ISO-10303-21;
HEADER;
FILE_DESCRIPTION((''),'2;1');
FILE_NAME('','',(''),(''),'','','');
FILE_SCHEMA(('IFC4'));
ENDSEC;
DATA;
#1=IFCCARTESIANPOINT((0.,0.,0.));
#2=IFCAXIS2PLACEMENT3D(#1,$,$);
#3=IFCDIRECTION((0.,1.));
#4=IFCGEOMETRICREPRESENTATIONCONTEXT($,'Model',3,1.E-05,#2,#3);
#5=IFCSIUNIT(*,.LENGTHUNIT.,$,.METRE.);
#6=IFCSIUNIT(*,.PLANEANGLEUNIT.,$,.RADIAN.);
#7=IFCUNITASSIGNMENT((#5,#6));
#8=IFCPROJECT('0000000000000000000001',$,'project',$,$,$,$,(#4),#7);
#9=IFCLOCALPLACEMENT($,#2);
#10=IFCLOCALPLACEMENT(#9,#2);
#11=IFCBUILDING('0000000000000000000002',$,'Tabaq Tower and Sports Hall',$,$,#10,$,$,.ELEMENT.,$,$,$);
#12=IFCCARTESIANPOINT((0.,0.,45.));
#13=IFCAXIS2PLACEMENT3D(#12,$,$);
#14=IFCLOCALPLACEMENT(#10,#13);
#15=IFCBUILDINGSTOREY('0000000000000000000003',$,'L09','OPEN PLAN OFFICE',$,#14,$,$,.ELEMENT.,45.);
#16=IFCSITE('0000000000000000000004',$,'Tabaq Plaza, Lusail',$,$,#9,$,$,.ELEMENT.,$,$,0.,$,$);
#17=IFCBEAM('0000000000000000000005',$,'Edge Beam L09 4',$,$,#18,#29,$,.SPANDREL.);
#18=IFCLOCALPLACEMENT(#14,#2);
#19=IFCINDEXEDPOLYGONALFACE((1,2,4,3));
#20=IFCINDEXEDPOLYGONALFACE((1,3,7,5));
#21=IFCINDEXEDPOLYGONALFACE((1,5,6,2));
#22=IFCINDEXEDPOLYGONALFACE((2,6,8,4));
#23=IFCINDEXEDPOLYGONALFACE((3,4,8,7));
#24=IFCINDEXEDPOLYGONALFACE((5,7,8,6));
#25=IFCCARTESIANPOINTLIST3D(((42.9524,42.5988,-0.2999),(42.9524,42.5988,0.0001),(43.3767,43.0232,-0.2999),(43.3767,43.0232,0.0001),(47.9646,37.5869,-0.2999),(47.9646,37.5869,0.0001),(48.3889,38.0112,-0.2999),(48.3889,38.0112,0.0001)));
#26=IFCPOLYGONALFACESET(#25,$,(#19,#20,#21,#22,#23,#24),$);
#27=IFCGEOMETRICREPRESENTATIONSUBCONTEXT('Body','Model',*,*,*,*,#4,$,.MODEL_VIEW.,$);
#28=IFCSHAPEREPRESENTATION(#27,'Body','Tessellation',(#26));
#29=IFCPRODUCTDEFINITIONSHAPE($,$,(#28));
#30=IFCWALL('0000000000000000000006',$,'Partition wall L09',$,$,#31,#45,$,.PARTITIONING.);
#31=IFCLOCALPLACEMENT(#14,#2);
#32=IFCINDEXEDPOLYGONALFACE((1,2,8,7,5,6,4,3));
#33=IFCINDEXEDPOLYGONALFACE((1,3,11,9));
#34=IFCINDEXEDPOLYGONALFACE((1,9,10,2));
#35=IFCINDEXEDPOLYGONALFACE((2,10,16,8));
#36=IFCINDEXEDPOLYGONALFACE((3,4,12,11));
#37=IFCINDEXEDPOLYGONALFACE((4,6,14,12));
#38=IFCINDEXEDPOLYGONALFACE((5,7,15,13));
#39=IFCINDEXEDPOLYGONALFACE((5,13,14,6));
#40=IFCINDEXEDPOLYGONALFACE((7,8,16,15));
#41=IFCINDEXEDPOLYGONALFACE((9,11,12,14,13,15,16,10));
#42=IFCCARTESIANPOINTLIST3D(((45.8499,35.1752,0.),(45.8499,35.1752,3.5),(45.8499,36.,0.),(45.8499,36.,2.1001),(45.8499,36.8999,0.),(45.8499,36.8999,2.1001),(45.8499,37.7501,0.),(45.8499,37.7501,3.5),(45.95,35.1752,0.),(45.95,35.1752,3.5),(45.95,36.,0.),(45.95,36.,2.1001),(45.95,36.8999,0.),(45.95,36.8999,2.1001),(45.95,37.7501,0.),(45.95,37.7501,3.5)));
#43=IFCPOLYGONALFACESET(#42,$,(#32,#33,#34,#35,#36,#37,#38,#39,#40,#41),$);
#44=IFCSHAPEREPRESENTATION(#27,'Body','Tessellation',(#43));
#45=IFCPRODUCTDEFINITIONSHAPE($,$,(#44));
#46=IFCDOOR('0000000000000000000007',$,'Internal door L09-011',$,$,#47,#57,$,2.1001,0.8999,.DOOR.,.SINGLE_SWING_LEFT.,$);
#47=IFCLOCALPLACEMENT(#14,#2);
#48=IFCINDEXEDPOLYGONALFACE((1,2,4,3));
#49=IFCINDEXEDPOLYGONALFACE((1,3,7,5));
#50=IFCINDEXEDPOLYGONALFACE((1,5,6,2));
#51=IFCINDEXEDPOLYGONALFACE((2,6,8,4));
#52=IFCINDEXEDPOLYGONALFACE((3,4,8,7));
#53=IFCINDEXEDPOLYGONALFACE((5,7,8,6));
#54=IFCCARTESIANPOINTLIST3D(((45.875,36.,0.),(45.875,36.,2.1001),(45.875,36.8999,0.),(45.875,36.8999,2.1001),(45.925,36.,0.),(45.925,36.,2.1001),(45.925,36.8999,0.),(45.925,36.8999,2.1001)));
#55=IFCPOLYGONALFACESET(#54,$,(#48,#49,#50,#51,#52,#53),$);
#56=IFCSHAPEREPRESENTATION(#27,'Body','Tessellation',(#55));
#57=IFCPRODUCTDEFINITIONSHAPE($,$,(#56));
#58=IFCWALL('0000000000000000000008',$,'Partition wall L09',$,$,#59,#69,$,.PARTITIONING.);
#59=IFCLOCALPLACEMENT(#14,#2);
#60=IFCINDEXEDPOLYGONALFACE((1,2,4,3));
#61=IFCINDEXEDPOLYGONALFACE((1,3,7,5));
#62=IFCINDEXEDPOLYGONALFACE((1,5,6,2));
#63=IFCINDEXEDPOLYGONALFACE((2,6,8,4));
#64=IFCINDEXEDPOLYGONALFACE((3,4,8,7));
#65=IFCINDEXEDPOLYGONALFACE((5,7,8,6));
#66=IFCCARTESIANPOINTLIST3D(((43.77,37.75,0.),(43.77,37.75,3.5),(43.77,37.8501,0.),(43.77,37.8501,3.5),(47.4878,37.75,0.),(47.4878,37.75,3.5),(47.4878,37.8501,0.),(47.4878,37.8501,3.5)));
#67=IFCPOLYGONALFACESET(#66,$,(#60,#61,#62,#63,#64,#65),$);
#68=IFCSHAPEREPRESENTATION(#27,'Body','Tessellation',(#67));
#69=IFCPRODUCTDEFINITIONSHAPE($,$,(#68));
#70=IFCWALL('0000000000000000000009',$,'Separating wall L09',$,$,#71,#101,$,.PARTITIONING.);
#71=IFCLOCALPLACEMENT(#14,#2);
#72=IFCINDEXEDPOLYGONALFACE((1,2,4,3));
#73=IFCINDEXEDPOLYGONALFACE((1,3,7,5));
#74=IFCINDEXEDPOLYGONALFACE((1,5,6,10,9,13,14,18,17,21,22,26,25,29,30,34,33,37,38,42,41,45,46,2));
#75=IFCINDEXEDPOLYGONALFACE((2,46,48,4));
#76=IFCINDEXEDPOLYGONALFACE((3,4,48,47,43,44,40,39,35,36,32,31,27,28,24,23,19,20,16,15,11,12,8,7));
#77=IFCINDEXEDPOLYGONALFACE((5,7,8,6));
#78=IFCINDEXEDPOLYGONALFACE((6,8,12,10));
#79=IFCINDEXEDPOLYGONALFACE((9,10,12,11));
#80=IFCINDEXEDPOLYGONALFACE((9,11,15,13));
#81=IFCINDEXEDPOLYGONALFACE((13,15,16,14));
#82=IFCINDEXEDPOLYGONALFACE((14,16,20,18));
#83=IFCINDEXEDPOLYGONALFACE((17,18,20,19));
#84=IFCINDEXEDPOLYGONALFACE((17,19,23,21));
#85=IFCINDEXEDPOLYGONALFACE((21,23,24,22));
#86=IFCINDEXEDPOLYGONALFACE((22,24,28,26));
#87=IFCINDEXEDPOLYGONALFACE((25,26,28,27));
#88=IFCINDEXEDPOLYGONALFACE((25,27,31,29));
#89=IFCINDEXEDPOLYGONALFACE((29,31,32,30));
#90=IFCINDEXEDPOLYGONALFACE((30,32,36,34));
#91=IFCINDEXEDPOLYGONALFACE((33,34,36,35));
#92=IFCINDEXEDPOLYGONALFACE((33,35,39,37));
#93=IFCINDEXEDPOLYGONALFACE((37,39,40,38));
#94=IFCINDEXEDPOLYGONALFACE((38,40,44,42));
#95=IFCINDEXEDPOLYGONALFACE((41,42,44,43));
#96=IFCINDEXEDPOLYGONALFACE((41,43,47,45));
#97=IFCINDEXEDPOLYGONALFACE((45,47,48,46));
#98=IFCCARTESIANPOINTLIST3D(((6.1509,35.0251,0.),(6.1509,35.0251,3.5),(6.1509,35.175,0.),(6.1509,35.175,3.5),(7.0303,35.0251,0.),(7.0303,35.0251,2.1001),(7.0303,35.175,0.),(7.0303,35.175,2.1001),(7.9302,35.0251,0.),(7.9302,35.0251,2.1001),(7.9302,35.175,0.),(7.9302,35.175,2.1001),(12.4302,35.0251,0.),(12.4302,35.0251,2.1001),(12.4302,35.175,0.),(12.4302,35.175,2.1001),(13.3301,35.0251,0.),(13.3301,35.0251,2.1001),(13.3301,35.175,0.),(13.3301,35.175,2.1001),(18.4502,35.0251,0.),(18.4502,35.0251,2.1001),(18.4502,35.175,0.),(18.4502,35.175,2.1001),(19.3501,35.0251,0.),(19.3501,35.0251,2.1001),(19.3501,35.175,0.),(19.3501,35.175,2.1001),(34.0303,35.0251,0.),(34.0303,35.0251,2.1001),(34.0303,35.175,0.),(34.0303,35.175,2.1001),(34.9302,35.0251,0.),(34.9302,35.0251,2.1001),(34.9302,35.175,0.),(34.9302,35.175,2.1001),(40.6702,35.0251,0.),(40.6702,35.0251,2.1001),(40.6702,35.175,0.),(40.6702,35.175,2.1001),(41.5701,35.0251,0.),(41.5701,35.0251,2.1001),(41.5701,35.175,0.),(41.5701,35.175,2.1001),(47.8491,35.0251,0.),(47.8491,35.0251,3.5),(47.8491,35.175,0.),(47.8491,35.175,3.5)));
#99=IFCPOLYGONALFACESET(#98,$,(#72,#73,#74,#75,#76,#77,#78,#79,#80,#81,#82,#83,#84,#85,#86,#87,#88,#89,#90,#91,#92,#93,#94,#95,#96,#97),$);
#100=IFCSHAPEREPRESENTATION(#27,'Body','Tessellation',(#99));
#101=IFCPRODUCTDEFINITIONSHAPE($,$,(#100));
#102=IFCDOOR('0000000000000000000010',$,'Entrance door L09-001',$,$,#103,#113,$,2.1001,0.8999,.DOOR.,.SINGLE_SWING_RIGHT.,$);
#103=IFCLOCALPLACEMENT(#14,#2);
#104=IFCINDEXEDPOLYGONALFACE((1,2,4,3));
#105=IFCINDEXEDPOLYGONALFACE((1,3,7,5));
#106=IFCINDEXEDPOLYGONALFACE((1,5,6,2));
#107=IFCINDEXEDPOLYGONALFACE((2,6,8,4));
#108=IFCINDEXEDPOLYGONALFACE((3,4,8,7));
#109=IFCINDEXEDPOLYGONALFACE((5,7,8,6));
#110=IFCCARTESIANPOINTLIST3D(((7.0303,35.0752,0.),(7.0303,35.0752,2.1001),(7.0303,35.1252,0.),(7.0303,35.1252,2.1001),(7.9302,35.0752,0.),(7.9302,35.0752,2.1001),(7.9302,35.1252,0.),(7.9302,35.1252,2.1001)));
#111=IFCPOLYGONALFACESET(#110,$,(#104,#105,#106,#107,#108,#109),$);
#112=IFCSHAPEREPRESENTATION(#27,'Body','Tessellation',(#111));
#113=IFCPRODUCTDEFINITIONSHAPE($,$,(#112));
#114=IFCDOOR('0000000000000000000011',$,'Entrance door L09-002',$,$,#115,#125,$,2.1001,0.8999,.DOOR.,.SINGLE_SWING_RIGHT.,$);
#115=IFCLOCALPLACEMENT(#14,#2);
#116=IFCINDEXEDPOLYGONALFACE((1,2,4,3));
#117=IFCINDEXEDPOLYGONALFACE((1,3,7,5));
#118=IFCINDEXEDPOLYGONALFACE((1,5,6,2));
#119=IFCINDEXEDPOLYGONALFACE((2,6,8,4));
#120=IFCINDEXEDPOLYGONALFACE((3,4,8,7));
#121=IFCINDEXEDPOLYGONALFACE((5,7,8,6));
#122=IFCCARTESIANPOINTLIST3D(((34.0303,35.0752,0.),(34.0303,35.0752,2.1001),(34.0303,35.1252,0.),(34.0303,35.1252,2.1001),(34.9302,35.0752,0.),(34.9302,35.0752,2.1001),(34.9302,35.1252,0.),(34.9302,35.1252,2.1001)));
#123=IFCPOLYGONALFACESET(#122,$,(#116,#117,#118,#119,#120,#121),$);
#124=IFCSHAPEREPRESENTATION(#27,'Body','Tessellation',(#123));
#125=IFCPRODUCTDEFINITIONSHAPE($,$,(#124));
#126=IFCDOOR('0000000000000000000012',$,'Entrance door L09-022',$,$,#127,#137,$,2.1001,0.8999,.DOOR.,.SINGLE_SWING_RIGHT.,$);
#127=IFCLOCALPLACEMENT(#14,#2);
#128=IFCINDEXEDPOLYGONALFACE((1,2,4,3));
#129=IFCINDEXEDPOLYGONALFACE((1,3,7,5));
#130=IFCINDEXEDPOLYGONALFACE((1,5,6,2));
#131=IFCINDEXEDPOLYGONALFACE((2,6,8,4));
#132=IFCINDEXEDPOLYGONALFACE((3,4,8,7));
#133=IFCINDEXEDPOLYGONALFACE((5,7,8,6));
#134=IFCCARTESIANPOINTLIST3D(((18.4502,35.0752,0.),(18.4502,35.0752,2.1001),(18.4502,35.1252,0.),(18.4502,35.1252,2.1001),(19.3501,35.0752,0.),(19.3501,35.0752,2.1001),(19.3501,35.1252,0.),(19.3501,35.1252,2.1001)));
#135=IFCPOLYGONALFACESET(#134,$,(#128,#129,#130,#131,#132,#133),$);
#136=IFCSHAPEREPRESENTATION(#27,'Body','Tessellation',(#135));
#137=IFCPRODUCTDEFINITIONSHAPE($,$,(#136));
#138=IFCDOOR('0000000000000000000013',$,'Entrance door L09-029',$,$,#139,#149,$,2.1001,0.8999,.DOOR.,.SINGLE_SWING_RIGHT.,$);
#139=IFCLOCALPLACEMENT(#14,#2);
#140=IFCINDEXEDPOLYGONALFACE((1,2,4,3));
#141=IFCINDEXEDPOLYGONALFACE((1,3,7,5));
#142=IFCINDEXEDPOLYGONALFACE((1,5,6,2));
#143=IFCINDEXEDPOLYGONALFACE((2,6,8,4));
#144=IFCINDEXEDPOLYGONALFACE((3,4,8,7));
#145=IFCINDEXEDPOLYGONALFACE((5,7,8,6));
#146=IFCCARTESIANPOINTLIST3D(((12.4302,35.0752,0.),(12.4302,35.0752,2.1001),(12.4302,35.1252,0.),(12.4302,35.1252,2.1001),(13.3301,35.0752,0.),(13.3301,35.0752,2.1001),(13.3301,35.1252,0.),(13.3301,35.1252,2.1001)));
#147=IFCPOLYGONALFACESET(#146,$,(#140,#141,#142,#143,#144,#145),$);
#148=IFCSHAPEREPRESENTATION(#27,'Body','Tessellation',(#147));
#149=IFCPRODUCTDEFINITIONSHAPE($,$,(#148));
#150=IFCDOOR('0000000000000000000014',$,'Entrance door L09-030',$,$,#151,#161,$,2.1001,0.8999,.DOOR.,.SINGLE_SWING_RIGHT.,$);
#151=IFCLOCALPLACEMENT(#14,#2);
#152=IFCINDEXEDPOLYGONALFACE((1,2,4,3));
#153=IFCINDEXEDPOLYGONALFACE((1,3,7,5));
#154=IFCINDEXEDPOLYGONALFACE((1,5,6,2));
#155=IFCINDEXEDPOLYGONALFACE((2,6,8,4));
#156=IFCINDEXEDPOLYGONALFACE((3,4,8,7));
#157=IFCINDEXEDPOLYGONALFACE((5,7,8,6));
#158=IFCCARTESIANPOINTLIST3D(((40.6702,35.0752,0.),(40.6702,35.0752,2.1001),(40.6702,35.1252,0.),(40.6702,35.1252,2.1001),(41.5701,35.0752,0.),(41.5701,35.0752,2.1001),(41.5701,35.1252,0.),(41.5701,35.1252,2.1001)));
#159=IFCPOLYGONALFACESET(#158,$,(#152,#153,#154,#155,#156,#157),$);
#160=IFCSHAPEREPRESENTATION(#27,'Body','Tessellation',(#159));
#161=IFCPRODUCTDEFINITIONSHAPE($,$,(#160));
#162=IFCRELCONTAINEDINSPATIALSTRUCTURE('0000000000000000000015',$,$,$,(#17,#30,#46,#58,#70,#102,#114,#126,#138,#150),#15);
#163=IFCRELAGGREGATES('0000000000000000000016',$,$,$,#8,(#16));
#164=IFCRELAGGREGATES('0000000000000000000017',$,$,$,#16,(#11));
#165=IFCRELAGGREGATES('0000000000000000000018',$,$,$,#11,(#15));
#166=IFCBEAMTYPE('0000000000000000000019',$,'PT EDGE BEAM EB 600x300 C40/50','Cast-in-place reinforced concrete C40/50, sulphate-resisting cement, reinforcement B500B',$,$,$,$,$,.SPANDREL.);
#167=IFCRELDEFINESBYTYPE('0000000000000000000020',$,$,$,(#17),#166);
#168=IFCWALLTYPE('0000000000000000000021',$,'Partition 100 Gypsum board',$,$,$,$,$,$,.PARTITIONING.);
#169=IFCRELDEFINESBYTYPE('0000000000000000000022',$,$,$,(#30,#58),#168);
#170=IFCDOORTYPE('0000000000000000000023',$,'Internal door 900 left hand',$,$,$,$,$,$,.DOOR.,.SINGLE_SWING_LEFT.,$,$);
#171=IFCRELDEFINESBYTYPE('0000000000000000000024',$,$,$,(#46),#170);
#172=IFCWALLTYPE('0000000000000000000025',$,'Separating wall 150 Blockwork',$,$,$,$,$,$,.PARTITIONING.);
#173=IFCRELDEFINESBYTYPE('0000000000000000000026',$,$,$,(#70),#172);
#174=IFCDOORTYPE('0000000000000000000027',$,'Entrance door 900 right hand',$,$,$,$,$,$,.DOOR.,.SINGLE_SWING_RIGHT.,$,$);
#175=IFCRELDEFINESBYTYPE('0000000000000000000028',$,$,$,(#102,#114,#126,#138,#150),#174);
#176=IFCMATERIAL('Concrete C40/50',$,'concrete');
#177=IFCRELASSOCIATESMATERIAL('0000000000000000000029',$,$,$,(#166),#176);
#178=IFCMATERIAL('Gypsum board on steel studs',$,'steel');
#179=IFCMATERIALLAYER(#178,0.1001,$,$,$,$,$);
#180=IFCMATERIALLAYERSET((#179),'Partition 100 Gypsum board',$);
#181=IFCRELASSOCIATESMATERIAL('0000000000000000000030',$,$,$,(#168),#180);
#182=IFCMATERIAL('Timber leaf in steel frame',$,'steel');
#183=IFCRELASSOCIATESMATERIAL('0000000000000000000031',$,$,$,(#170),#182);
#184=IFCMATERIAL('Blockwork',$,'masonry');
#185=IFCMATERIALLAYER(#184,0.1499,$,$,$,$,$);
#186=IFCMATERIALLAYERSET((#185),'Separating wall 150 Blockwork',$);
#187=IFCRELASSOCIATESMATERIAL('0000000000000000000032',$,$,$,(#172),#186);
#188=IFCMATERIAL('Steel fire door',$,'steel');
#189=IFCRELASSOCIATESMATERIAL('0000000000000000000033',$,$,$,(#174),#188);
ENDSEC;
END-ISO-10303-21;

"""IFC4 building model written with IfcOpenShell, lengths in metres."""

from ifc_helpers import new_model, si_unit, direction, frame, frame_2d, origin, origin_2d, place, context, subcontext, project, spatial, rectangle, extrude, material, layer, layer_set, material_profile, profile_set, type_object, element, fill, save


model = new_model("IFC4")

# Units and contexts
model_context = context("Model", 3, precision=1e-05, world=origin(), true_north=direction((0.0, 1.0)))
body_context = subcontext(model_context, "Body", "Model", "MODEL_VIEW")
ifc_project = project(units=[si_unit("LENGTHUNIT", "METRE"), si_unit("PLANEANGLEUNIT", "RADIAN")], contexts=[model_context])

# Site, building, storey
site_placement = place(None, origin())
site = spatial("IfcSite", under=ifc_project, at=site_placement, Name="Tabaq Plaza, Lusail", CompositionType="ELEMENT", RefElevation=0.0)
building_placement = place(site_placement, origin())
building = spatial("IfcBuilding", under=site, at=building_placement, Name="Tabaq Tower and Sports Hall", CompositionType="ELEMENT")
storey_placement = place(building_placement, frame((0.0, 0.0, 45.0)))
storey = spatial("IfcBuildingStorey", under=building, at=storey_placement, Name="L09", Description="OPEN PLAN OFFICE", CompositionType="ELEMENT", Elevation=45.0)

# Beam
ifc_material_1 = material(Name="Concrete C40/50", Category="concrete")
ifc_material_profile = material_profile(ifc_material_1, rectangle(XDim=0.6001, YDim=0.3, at=origin_2d()), Name="EB 600x300")
ifc_profile_set = profile_set([ifc_material_profile], Name="Concrete C40/50")
beam_type = type_object("IfcBeamType", Name="PT EDGE BEAM EB 600x300 C40/50", Description="Cast-in-place reinforced concrete C40/50, sulphate-resisting cement, reinforcement B500B", PredefinedType="SPANDREL", material=ifc_profile_set)
beam_placement = place(storey_placement, frame((48.1768, 37.7991, -0.1499), z_axis=(-0.707124, 0.70709, 0.0), x_axis=(-0.70709, -0.707124, 0.0)))
element("IfcBeam", 1, at=beam_placement, inside=storey, type_object=beam_type, Name="Edge Beam L09 4", PredefinedType="SPANDREL", context=body_context, shape_type="SweptSolid", body=[
    extrude(rectangle(XDim=0.6001, YDim=0.3, at=origin_2d()), origin(), (0.0, 0.0, 1.0), 7.0881),
])

# Wall, opening, door
ifc_material_2 = material(Name="Gypsum board on steel studs", Category="steel")
ifc_layer_1 = layer(ifc_material_2, 0.1001)
ifc_layer_set_1 = layer_set([ifc_layer_1], Name="Partition 100 Gypsum board")
wall_type_1 = type_object("IfcWallType", Name="Partition 100 Gypsum board", PredefinedType="PARTITIONING", material=ifc_layer_set_1)
wall_1_placement = place(storey_placement, frame((45.8999, 35.175, 0.0), z_axis=(0.0, 0.0, 1.0), x_axis=(0.0, 1.0, 0.0)))
wall_1 = element("IfcWall", 2, at=wall_1_placement, inside=storey, type_object=wall_type_1, Name="Partition wall L09", PredefinedType="PARTITIONING", context=body_context, shape_type="SweptSolid", body=[
    extrude(rectangle(XDim=2.575, YDim=0.1001, at=frame_2d((1.2876, 0.0))), origin(), (0.0, 0.0, 1.0), 3.5),
])
opening_1_placement = place(wall_1_placement, frame((0.825, 0.0, 0.0)))
opening_1 = element("IfcOpeningElement", 3, at=opening_1_placement, cuts=wall_1, PredefinedType="OPENING", context=body_context, shape_type="SweptSolid", body=[
    extrude(rectangle(XDim=0.8999, YDim=2.1001, at=frame_2d((0.45, 1.05))), frame((0.0, 0.05, 0.0), z_axis=(0.0, -1.0, 0.0), x_axis=(1.0, 0.0, 0.0)), (0.0, 0.0, 1.0), 0.1001),
])
ifc_material_3 = material(Name="Timber leaf in steel frame", Category="steel")
door_type_1 = type_object("IfcDoorType", Name="Internal door 900 left hand", OperationType="SINGLE_SWING_LEFT", PredefinedType="DOOR", material=ifc_material_3)
door_1_placement = place(opening_1_placement, origin())
door_1 = element("IfcDoor", 4, at=door_1_placement, inside=storey, type_object=door_type_1, Name="Internal door L09-011", OperationType="SINGLE_SWING_LEFT", OverallHeight=2.1001, OverallWidth=0.8999, PredefinedType="DOOR", context=body_context, shape_type="SweptSolid", body=[
    extrude(rectangle(XDim=0.8999, YDim=2.1001, at=frame_2d((0.45, 1.05))), frame((0.0, 0.0249, 0.0), z_axis=(0.0, -1.0, 0.0), x_axis=(1.0, 0.0, 0.0)), (0.0, 0.0, 1.0), 0.05),
])
fill(opening_1, door_1)

# Wall
wall_2_placement = place(storey_placement, frame((47.4878, 37.8, 0.0), z_axis=(0.0, 0.0, 1.0), x_axis=(-1.0, 0.0, 0.0)))
element("IfcWall", 5, at=wall_2_placement, inside=storey, type_object=wall_type_1, Name="Partition wall L09", PredefinedType="PARTITIONING", context=body_context, shape_type="SweptSolid", body=[
    extrude(rectangle(XDim=3.7178, YDim=0.1001, at=frame_2d((1.8589, 0.0))), origin(), (0.0, 0.0, 1.0), 3.5),
])

# Wall, openings, doors
ifc_material_4 = material(Name="Blockwork", Category="masonry")
ifc_layer_2 = layer(ifc_material_4, 0.1499)
ifc_layer_set_2 = layer_set([ifc_layer_2], Name="Separating wall 150 Blockwork")
wall_type_2 = type_object("IfcWallType", Name="Separating wall 150 Blockwork", PredefinedType="PARTITIONING", material=ifc_layer_set_2)
wall_3_placement = place(storey_placement, frame((47.8491, 35.1001, 0.0), z_axis=(0.0, 0.0, 1.0), x_axis=(-1.0, 0.0, 0.0)))
wall_3 = element("IfcWall", 6, at=wall_3_placement, inside=storey, type_object=wall_type_2, Name="Separating wall L09", PredefinedType="PARTITIONING", context=body_context, shape_type="SweptSolid", body=[
    extrude(rectangle(XDim=41.6982, YDim=0.1499, at=frame_2d((20.8491, 0.0))), origin(), (0.0, 0.0, 1.0), 3.5),
])
opening_2_placement = place(wall_3_placement, frame((39.9189, 0.0, 0.0)))
opening_2 = element("IfcOpeningElement", 7, at=opening_2_placement, cuts=wall_3, PredefinedType="OPENING", context=body_context, shape_type="SweptSolid", body=[
    extrude(rectangle(XDim=0.8999, YDim=2.1001, at=frame_2d((0.45, 1.05))), frame((0.0, 0.075, 0.0), z_axis=(0.0, -1.0, 0.0), x_axis=(1.0, 0.0, 0.0)), (0.0, 0.0, 1.0), 0.1499),
])
opening_3_placement = place(wall_3_placement, frame((12.9189, 0.0, 0.0)))
opening_3 = element("IfcOpeningElement", 8, at=opening_3_placement, cuts=wall_3, PredefinedType="OPENING", context=body_context, shape_type="SweptSolid", body=[
    extrude(rectangle(XDim=0.8999, YDim=2.1001, at=frame_2d((0.45, 1.05))), frame((0.0, 0.075, 0.0), z_axis=(0.0, -1.0, 0.0), x_axis=(1.0, 0.0, 0.0)), (0.0, 0.0, 1.0), 0.1499),
])
opening_4_placement = place(wall_3_placement, frame((28.499, 0.0, 0.0)))
opening_4 = element("IfcOpeningElement", 9, at=opening_4_placement, cuts=wall_3, PredefinedType="OPENING", context=body_context, shape_type="SweptSolid", body=[
    extrude(rectangle(XDim=0.8999, YDim=2.1001, at=frame_2d((0.45, 1.05))), frame((0.0, 0.075, 0.0), z_axis=(0.0, -1.0, 0.0), x_axis=(1.0, 0.0, 0.0)), (0.0, 0.0, 1.0), 0.1499),
])
opening_5_placement = place(wall_3_placement, frame((34.519, 0.0, 0.0)))
opening_5 = element("IfcOpeningElement", 10, at=opening_5_placement, cuts=wall_3, PredefinedType="OPENING", context=body_context, shape_type="SweptSolid", body=[
    extrude(rectangle(XDim=0.8999, YDim=2.1001, at=frame_2d((0.45, 1.05))), frame((0.0, 0.075, 0.0), z_axis=(0.0, -1.0, 0.0), x_axis=(1.0, 0.0, 0.0)), (0.0, 0.0, 1.0), 0.1499),
])
opening_6_placement = place(wall_3_placement, frame((6.2791, 0.0, 0.0)))
opening_6 = element("IfcOpeningElement", 11, at=opening_6_placement, cuts=wall_3, PredefinedType="OPENING", context=body_context, shape_type="SweptSolid", body=[
    extrude(rectangle(XDim=0.8999, YDim=2.1001, at=frame_2d((0.45, 1.05))), frame((0.0, 0.075, 0.0), z_axis=(0.0, -1.0, 0.0), x_axis=(1.0, 0.0, 0.0)), (0.0, 0.0, 1.0), 0.1499),
])
ifc_material_5 = material(Name="Steel fire door", Category="steel")
door_type_2 = type_object("IfcDoorType", Name="Entrance door 900 right hand", OperationType="SINGLE_SWING_RIGHT", PredefinedType="DOOR", material=ifc_material_5)
door_2_placement = place(opening_2_placement, origin())
door_2 = element("IfcDoor", 12, at=door_2_placement, inside=storey, type_object=door_type_2, Name="Entrance door L09-001", OperationType="SINGLE_SWING_RIGHT", OverallHeight=2.1001, OverallWidth=0.8999, PredefinedType="DOOR", context=body_context, shape_type="SweptSolid", body=[
    extrude(rectangle(XDim=0.8999, YDim=2.1001, at=frame_2d((0.45, 1.05))), frame((0.0, 0.0249, 0.0), z_axis=(0.0, -1.0, 0.0), x_axis=(1.0, 0.0, 0.0)), (0.0, 0.0, 1.0), 0.05),
])
fill(opening_2, door_2)
door_3_placement = place(opening_3_placement, origin())
door_3 = element("IfcDoor", 13, at=door_3_placement, inside=storey, type_object=door_type_2, Name="Entrance door L09-002", OperationType="SINGLE_SWING_RIGHT", OverallHeight=2.1001, OverallWidth=0.8999, PredefinedType="DOOR", context=body_context, shape_type="SweptSolid", body=[
    extrude(rectangle(XDim=0.8999, YDim=2.1001, at=frame_2d((0.45, 1.05))), frame((0.0, 0.0249, 0.0), z_axis=(0.0, -1.0, 0.0), x_axis=(1.0, 0.0, 0.0)), (0.0, 0.0, 1.0), 0.05),
])
fill(opening_3, door_3)
door_4_placement = place(opening_4_placement, origin())
door_4 = element("IfcDoor", 14, at=door_4_placement, inside=storey, type_object=door_type_2, Name="Entrance door L09-022", OperationType="SINGLE_SWING_RIGHT", OverallHeight=2.1001, OverallWidth=0.8999, PredefinedType="DOOR", context=body_context, shape_type="SweptSolid", body=[
    extrude(rectangle(XDim=0.8999, YDim=2.1001, at=frame_2d((0.45, 1.05))), frame((0.0, 0.0249, 0.0), z_axis=(0.0, -1.0, 0.0), x_axis=(1.0, 0.0, 0.0)), (0.0, 0.0, 1.0), 0.05),
])
fill(opening_4, door_4)
door_5_placement = place(opening_5_placement, origin())
door_5 = element("IfcDoor", 15, at=door_5_placement, inside=storey, type_object=door_type_2, Name="Entrance door L09-029", OperationType="SINGLE_SWING_RIGHT", OverallHeight=2.1001, OverallWidth=0.8999, PredefinedType="DOOR", context=body_context, shape_type="SweptSolid", body=[
    extrude(rectangle(XDim=0.8999, YDim=2.1001, at=frame_2d((0.45, 1.05))), frame((0.0, 0.0249, 0.0), z_axis=(0.0, -1.0, 0.0), x_axis=(1.0, 0.0, 0.0)), (0.0, 0.0, 1.0), 0.05),
])
fill(opening_5, door_5)
door_6_placement = place(opening_6_placement, origin())
door_6 = element("IfcDoor", 16, at=door_6_placement, inside=storey, type_object=door_type_2, Name="Entrance door L09-030", OperationType="SINGLE_SWING_RIGHT", OverallHeight=2.1001, OverallWidth=0.8999, PredefinedType="DOOR", context=body_context, shape_type="SweptSolid", body=[
    extrude(rectangle(XDim=0.8999, YDim=2.1001, at=frame_2d((0.45, 1.05))), frame((0.0, 0.0249, 0.0), z_axis=(0.0, -1.0, 0.0), x_axis=(1.0, 0.0, 0.0)), (0.0, 0.0, 1.0), 0.05),
])
fill(opening_6, door_6)

save(model, "model.ifc")
